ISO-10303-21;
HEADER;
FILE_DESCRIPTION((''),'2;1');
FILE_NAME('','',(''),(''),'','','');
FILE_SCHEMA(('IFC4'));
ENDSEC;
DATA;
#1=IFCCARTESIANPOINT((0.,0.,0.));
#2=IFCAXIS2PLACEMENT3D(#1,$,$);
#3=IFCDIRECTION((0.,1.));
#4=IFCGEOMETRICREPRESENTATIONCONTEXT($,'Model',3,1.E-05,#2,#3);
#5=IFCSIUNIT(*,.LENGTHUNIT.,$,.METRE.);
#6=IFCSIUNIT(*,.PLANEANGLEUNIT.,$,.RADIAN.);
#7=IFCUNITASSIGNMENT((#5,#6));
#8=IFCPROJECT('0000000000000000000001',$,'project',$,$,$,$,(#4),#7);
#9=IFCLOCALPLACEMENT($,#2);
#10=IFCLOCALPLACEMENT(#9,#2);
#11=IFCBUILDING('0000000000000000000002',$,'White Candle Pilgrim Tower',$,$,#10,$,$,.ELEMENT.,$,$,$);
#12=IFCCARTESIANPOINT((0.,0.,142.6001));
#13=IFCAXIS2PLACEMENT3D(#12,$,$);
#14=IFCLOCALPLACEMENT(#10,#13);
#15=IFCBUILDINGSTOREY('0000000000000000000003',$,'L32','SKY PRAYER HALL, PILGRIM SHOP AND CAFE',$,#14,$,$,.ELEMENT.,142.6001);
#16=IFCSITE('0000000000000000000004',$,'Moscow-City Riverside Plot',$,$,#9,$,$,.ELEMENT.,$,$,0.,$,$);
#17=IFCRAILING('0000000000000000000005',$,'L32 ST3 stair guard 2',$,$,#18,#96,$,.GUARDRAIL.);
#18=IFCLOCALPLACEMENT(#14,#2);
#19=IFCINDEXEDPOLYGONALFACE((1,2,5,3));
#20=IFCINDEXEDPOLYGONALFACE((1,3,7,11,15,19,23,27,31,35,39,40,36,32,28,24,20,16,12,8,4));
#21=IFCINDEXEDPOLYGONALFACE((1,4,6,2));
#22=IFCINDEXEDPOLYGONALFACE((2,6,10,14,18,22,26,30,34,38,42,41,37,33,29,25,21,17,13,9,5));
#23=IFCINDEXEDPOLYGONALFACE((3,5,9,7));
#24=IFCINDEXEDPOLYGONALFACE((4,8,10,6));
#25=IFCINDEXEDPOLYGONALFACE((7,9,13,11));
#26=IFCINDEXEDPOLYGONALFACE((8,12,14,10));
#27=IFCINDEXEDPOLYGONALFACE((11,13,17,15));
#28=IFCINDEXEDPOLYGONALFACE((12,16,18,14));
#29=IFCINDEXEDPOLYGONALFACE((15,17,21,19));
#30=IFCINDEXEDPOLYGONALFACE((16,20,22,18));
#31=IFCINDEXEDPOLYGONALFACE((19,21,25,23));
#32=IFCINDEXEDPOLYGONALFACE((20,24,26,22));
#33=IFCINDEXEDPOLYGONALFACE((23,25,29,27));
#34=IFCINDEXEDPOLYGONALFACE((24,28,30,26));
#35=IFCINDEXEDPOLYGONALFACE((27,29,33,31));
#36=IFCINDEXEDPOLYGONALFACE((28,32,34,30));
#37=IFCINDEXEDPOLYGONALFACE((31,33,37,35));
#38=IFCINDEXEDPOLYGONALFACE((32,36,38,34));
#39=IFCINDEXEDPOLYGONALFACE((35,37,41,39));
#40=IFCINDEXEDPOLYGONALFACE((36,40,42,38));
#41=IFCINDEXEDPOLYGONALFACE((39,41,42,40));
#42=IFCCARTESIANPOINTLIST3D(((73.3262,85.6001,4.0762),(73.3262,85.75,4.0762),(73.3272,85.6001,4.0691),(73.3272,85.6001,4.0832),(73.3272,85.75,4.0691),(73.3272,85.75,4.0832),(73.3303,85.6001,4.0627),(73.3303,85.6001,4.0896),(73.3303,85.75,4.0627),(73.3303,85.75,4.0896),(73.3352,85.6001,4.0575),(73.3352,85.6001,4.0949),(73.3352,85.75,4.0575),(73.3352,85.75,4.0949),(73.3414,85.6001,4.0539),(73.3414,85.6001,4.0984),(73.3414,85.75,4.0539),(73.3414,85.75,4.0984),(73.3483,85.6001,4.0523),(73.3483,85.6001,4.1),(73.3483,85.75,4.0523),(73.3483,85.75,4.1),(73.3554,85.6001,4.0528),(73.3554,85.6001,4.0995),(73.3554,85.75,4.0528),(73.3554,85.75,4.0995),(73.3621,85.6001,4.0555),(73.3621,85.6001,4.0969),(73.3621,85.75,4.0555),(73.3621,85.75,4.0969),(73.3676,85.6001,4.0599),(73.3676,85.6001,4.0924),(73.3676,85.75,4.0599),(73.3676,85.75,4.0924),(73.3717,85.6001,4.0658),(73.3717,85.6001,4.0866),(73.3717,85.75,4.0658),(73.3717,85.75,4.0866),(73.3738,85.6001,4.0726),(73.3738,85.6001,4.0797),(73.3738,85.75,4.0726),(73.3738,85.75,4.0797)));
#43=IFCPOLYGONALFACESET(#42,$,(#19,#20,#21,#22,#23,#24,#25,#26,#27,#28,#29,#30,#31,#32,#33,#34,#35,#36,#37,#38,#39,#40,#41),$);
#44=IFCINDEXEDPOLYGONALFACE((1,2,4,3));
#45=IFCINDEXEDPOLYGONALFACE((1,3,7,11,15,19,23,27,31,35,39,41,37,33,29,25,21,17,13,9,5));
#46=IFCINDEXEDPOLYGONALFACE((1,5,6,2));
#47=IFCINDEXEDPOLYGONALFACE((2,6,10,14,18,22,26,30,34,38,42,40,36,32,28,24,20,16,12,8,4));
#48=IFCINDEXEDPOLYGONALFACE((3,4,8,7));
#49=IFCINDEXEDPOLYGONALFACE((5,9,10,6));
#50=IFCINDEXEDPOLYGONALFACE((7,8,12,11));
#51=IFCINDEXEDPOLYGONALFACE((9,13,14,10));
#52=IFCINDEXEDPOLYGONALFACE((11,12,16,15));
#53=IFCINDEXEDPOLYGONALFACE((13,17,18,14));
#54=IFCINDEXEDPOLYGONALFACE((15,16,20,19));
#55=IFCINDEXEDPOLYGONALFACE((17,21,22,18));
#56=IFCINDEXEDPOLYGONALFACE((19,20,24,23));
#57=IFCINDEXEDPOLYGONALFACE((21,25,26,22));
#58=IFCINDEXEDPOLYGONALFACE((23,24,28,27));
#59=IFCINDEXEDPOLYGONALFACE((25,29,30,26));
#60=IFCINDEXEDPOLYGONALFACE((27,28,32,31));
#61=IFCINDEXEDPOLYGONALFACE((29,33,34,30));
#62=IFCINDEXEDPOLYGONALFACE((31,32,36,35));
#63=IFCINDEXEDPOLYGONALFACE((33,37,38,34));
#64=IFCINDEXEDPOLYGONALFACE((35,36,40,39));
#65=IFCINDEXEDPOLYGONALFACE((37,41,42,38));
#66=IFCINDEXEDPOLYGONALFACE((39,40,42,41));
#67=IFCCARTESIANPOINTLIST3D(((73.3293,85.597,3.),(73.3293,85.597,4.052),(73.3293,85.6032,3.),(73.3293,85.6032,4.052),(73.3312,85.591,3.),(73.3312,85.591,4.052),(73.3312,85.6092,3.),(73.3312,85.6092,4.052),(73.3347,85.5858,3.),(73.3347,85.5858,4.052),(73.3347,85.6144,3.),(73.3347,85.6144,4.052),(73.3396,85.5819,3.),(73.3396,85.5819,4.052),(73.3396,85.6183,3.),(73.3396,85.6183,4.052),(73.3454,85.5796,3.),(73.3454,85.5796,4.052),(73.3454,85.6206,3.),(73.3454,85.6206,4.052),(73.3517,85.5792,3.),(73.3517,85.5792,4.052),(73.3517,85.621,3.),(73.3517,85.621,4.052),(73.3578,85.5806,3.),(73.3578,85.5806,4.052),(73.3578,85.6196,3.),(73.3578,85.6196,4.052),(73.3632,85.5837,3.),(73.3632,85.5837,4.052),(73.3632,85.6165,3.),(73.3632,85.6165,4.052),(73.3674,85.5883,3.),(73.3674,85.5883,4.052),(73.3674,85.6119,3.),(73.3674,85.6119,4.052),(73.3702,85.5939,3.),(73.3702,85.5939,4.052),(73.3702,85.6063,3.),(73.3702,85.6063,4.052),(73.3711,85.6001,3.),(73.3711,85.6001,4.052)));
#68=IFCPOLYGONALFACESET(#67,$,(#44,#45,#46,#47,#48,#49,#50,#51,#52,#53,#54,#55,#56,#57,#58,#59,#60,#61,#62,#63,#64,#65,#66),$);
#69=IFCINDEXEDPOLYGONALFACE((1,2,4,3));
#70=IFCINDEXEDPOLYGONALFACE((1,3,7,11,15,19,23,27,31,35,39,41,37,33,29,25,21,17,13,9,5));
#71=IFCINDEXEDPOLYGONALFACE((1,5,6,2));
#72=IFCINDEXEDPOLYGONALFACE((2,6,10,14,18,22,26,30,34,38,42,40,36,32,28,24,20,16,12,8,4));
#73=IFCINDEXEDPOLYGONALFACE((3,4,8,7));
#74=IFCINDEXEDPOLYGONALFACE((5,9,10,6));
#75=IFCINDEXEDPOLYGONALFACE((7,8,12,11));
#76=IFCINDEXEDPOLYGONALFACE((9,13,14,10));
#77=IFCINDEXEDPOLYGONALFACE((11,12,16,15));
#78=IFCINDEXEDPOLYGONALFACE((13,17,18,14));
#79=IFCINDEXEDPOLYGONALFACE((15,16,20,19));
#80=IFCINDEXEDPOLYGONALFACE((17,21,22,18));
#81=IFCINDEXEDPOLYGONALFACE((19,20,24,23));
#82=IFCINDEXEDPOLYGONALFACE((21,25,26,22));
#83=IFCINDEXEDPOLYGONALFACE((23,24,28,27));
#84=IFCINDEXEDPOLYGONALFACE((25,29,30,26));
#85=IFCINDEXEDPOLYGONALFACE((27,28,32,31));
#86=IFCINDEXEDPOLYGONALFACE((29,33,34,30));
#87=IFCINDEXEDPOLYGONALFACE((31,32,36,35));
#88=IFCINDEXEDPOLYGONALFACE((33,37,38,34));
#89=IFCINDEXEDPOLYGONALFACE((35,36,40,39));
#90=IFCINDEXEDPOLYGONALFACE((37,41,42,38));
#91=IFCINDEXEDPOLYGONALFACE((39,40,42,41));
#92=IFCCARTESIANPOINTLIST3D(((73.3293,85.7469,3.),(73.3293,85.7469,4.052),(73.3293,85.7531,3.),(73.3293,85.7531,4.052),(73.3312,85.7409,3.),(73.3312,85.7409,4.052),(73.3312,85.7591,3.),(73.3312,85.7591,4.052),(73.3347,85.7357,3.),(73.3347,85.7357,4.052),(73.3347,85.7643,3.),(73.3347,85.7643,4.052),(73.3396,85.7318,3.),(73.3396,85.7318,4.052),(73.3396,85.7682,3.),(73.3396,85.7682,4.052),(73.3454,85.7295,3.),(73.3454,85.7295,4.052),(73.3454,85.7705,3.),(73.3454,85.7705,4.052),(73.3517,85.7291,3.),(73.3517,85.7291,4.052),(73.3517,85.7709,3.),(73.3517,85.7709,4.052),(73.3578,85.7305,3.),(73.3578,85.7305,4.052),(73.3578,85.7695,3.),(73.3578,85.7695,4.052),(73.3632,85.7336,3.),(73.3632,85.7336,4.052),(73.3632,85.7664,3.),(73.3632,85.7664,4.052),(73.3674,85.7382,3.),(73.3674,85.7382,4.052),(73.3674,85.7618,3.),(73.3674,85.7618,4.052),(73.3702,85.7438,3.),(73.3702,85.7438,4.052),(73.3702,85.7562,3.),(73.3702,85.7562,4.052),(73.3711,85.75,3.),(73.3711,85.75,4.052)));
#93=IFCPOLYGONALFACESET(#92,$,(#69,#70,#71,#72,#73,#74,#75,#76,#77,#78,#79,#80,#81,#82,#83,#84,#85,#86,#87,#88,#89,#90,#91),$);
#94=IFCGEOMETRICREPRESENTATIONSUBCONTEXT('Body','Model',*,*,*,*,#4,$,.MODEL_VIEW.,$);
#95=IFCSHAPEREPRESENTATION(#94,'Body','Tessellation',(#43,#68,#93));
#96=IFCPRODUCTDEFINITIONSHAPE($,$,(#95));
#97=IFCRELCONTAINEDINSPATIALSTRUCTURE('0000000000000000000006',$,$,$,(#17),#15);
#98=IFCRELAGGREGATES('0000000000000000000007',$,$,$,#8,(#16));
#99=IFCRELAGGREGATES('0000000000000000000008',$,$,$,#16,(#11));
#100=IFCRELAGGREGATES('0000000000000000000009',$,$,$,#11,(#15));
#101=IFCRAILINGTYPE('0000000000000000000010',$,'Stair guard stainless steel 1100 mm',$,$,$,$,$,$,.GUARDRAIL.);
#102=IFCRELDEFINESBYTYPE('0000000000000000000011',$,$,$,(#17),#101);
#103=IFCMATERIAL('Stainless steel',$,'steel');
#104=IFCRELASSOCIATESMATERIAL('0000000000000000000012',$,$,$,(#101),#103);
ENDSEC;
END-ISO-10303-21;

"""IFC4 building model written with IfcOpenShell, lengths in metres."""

from ifc_helpers import new_model, si_unit, direction, frame, origin, origin_2d, place, context, subcontext, project, spatial, circle, extrude, material, type_object, element, save


model = new_model("IFC4")

# Units and contexts
model_context = context("Model", 3, precision=1e-05, world=origin(), true_north=direction((0.0, 1.0)))
body_context = subcontext(model_context, "Body", "Model", "MODEL_VIEW")
ifc_project = project(units=[si_unit("LENGTHUNIT", "METRE"), si_unit("PLANEANGLEUNIT", "RADIAN")], contexts=[model_context])

# Site, building, storey
site_placement = place(None, origin())
site = spatial("IfcSite", under=ifc_project, at=site_placement, Name="Moscow-City Riverside Plot", CompositionType="ELEMENT", RefElevation=0.0)
building_placement = place(site_placement, origin())
building = spatial("IfcBuilding", under=site, at=building_placement, Name="White Candle Pilgrim Tower", CompositionType="ELEMENT")
storey_placement = place(building_placement, frame((0.0, 0.0, 142.6001)))
storey = spatial("IfcBuildingStorey", under=building, at=storey_placement, Name="L32", Description="SKY PRAYER HALL, PILGRIM SHOP AND CAFE", CompositionType="ELEMENT", Elevation=142.6001)

# Shared definitions
ifc_material_1 = material(Name="Stainless steel", Category="steel")

# Railing
railing_type_1 = type_object("IfcRailingType", Name="Stair guard stainless steel 1100 mm", PredefinedType="GUARDRAIL", material=ifc_material_1)
railing_1_placement = place(storey_placement, frame((73.3501, 85.6001, 3.0)))
element("IfcRailing", 1, at=railing_1_placement, inside=storey, type_object=railing_type_1, Name="L32 ST3 stair guard 2", PredefinedType="GUARDRAIL", context=body_context, shape_type="SweptSolid", body=[
    extrude(circle(Radius=0.0239, at=origin_2d()), frame((0.0, 0.0, 1.0762), z_axis=(0.0, 1.0, 0.0), x_axis=(-1.0, 0.0, 0.0)), (0.0, 0.0, 1.0), 0.1499),
    extrude(circle(Radius=0.021, at=origin_2d()), origin(), (0.0, 0.0, 1.0), 1.052),
    extrude(circle(Radius=0.021, at=origin_2d()), frame((0.0, 0.1499, 0.0)), (0.0, 0.0, 1.0), 1.052),
])

save(model, "model.ifc")
